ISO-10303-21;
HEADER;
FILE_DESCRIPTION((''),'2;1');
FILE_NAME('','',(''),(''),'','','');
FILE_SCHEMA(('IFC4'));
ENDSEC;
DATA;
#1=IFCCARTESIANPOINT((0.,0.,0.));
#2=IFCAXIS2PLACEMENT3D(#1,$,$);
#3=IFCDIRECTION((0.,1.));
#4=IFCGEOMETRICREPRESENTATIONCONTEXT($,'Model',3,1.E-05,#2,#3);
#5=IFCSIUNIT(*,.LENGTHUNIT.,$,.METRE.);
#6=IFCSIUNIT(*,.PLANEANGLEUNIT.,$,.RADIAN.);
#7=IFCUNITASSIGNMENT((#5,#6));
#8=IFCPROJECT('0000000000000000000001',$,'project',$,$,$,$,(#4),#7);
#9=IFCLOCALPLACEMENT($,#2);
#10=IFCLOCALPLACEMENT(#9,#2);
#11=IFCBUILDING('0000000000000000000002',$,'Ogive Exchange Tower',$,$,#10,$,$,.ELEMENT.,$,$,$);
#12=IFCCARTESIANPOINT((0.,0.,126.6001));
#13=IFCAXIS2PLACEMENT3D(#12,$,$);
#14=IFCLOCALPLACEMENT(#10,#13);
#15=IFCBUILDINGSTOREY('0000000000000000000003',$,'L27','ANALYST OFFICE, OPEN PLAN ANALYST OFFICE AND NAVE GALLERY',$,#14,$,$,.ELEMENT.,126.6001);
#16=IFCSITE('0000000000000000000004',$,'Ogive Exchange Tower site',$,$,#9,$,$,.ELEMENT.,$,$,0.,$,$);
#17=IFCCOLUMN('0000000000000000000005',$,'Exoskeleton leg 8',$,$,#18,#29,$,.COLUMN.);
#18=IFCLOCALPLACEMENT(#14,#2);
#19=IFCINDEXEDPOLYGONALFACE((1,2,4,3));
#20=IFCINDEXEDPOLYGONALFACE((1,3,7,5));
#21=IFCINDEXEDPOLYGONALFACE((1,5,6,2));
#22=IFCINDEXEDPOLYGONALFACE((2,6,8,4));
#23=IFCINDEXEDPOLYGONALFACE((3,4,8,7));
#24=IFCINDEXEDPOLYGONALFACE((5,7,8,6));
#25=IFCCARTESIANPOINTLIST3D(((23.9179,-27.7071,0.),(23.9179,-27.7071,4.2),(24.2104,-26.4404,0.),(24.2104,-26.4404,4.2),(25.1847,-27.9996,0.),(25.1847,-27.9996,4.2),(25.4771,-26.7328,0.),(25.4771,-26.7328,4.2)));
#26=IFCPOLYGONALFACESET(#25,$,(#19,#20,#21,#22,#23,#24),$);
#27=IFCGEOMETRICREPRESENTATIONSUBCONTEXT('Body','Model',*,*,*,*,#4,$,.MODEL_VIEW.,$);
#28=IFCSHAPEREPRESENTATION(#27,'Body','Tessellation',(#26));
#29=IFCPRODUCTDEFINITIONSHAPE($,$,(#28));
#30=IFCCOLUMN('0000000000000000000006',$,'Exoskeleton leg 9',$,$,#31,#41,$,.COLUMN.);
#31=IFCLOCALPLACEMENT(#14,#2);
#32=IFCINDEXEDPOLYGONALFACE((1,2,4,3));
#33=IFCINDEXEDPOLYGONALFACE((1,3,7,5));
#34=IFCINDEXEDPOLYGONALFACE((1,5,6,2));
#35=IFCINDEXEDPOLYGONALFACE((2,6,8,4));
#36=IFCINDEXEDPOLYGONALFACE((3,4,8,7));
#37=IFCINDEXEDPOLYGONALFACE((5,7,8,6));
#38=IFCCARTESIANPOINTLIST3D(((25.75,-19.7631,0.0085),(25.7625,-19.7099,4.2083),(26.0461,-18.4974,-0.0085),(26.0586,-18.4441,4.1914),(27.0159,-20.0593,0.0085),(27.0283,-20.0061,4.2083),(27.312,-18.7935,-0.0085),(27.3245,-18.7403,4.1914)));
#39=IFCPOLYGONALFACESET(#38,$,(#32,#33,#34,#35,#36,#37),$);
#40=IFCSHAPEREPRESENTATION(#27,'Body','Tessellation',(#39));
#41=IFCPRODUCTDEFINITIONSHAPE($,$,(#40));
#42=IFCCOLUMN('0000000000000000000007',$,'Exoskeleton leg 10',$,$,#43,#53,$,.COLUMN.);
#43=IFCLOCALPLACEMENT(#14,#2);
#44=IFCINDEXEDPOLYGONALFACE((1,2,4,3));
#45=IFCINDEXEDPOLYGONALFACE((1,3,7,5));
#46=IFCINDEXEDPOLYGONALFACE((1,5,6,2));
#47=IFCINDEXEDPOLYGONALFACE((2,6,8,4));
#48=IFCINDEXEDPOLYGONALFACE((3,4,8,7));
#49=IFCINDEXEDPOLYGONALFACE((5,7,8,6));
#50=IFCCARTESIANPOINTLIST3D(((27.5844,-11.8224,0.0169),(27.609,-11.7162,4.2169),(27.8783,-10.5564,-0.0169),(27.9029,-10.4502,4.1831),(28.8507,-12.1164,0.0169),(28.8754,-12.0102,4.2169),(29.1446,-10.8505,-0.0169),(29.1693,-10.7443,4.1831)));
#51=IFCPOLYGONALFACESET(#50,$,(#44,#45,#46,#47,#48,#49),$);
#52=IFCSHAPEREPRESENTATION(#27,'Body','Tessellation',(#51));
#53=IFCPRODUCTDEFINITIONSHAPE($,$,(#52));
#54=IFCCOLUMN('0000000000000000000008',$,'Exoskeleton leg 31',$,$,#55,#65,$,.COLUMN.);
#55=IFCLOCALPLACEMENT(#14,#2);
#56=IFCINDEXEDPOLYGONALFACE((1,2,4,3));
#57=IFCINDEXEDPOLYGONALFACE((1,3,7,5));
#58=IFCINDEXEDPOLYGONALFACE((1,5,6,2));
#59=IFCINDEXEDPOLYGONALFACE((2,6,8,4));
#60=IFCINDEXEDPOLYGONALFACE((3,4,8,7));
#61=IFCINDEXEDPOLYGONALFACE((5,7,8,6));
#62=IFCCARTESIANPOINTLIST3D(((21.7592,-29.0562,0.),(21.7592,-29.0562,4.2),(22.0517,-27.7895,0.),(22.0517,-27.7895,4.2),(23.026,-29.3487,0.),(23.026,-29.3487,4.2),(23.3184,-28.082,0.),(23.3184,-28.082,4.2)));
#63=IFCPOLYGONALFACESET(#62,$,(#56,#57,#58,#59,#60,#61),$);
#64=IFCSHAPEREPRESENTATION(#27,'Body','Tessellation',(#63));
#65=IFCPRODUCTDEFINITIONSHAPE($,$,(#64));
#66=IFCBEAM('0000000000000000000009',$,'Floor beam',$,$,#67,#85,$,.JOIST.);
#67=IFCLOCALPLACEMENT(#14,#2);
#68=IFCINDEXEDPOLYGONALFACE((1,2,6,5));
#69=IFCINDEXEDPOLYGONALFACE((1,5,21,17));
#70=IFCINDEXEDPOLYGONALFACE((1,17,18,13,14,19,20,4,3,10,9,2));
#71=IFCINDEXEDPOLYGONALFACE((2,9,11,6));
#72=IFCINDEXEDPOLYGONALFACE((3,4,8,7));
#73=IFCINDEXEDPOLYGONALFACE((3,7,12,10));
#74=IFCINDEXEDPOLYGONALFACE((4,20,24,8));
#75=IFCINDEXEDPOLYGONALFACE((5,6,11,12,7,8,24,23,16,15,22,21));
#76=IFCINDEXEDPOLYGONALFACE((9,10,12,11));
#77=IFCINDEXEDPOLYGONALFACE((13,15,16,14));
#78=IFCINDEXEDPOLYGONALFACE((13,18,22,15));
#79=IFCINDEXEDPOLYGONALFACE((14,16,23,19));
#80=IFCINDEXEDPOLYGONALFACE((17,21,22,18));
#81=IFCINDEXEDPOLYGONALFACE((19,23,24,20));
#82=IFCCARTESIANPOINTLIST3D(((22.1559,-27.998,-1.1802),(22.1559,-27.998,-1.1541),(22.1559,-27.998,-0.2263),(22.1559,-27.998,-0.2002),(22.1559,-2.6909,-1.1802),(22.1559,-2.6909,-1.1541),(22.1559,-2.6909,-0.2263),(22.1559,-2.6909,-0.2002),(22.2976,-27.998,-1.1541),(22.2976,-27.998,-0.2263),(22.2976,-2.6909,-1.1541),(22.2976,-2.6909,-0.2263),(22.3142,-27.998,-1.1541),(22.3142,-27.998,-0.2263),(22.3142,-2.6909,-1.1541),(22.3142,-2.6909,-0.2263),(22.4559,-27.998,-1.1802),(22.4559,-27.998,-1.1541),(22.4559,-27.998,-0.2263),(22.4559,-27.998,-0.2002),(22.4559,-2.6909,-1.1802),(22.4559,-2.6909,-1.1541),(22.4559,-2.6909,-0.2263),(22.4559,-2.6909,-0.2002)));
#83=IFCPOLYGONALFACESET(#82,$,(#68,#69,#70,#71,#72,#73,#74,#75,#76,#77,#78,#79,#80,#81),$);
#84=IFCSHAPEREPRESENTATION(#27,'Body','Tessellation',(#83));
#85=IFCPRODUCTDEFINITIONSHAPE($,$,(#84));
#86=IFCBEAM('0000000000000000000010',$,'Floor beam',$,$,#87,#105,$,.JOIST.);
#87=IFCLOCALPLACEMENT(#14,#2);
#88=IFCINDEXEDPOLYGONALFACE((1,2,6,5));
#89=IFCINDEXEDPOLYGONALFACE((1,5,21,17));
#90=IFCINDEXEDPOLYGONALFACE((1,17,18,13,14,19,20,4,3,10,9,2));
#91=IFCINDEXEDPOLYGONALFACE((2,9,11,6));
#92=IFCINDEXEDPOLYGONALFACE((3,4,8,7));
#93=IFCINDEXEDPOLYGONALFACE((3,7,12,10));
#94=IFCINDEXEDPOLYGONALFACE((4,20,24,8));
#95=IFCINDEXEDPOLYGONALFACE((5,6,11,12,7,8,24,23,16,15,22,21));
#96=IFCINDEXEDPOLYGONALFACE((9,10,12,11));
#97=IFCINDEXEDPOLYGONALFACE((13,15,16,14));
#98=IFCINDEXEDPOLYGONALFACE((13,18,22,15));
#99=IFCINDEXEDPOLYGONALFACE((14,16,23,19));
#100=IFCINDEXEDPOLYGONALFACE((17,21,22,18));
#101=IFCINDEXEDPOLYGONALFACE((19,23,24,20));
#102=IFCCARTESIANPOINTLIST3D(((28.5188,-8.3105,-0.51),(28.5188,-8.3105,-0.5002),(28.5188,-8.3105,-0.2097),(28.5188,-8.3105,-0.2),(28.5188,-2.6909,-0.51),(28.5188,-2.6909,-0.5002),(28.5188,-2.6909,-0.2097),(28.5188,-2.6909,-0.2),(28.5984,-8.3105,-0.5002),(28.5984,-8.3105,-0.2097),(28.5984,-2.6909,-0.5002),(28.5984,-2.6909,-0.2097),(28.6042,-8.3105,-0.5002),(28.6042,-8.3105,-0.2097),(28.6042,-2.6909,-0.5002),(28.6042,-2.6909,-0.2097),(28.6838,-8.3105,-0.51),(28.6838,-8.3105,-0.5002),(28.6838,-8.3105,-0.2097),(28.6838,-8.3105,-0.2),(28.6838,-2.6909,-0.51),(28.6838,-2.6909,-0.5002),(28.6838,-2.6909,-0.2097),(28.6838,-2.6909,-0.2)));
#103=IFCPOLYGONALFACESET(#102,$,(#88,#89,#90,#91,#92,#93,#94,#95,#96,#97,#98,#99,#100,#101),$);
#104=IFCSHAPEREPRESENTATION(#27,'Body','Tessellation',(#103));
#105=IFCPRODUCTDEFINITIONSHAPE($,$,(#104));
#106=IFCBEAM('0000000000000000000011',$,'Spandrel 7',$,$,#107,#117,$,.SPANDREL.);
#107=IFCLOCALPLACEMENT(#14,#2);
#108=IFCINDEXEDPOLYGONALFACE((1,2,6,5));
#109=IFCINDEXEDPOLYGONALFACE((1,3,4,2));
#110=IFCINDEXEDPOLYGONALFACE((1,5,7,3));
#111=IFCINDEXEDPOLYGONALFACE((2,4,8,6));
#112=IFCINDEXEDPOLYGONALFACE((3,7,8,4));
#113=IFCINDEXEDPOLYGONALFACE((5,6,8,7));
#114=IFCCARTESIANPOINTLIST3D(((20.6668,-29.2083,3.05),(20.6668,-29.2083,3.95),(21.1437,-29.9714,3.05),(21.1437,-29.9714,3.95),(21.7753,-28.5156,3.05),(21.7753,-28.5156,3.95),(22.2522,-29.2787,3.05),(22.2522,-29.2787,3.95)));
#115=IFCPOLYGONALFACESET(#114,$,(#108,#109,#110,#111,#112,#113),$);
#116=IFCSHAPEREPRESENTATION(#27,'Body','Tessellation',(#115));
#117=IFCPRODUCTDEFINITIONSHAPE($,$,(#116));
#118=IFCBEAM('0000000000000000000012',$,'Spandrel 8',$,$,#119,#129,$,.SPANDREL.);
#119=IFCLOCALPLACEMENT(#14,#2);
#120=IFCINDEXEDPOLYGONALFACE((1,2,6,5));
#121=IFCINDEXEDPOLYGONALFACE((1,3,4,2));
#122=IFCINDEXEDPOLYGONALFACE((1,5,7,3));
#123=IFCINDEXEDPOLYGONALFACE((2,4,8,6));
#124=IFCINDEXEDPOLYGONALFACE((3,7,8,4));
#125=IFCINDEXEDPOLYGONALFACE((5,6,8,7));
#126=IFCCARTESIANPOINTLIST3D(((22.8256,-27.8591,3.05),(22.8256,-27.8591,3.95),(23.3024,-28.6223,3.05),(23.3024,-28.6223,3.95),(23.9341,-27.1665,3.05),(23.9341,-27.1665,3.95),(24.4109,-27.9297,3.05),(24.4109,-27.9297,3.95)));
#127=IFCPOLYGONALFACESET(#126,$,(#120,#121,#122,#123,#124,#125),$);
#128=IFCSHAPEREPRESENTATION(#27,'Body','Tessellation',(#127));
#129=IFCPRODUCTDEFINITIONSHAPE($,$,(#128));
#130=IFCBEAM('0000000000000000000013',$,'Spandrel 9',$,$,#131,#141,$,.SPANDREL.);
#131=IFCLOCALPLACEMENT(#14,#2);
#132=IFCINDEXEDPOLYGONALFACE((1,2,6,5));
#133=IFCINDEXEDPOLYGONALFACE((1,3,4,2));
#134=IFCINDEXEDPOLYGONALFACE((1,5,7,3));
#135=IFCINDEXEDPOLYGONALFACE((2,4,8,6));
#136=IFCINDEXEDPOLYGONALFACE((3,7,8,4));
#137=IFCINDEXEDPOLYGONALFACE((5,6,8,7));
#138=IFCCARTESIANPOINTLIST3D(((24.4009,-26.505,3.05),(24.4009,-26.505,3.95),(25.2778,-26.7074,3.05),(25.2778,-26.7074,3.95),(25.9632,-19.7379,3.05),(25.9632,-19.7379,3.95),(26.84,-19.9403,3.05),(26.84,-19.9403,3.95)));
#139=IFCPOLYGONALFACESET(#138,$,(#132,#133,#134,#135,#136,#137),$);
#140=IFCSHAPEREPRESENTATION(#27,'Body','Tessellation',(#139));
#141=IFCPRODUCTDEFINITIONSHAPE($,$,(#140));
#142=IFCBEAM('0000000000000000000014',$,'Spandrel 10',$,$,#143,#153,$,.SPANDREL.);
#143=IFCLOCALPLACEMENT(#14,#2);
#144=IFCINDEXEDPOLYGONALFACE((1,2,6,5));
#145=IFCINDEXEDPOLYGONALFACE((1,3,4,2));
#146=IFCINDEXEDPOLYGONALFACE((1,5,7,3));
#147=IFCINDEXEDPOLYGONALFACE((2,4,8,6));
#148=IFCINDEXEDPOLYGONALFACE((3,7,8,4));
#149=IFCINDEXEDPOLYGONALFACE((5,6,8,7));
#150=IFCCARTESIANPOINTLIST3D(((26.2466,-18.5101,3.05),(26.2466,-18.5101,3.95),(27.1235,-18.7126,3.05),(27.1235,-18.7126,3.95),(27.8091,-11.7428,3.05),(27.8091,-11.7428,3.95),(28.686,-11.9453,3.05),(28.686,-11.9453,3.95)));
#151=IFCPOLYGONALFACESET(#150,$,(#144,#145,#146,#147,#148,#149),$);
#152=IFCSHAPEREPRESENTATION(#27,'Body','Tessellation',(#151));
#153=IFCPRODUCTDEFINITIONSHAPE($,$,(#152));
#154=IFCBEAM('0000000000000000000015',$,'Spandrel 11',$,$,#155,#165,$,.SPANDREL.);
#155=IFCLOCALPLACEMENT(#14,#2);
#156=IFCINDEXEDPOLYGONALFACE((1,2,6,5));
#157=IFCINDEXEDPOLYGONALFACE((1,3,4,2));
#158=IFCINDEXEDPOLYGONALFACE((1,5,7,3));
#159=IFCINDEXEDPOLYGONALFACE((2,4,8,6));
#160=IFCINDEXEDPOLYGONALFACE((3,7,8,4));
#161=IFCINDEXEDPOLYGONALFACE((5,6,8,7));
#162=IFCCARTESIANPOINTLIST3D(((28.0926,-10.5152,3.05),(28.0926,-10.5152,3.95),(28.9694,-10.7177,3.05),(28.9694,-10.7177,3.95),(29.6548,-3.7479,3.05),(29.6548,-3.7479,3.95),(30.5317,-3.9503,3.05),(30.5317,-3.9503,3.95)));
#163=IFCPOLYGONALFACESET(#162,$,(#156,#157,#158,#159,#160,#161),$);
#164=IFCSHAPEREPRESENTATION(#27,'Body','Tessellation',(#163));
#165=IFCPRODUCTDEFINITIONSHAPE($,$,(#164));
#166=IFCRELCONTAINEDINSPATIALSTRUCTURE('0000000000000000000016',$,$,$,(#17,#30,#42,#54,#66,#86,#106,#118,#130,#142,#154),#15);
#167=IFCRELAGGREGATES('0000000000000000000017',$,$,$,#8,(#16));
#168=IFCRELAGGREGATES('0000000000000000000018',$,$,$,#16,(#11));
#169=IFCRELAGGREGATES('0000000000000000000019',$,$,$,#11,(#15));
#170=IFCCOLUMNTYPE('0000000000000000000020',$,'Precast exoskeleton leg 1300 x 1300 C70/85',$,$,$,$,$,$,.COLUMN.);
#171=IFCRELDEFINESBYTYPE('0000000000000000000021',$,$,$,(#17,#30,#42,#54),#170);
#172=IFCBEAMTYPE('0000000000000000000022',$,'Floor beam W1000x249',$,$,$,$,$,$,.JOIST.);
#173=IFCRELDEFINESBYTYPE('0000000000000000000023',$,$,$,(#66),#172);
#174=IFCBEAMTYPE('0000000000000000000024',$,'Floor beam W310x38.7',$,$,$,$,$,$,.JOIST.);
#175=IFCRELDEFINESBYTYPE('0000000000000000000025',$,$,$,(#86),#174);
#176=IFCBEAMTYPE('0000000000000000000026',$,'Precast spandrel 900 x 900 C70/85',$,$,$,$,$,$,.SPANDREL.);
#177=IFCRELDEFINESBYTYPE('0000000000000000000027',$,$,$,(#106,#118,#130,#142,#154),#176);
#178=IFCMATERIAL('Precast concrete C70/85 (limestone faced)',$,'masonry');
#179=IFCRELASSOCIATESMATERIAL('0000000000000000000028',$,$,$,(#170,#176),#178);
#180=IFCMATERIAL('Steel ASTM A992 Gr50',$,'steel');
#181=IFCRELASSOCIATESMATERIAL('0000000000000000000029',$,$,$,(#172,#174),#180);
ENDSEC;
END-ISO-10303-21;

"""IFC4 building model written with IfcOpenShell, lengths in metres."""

from ifc_helpers import new_model, si_unit, direction, frame, origin, origin_2d, place, context, subcontext, project, spatial, rectangle, i_section, extrude, material, material_profile, profile_set, type_object, element, save


model = new_model("IFC4")

# Units and contexts
model_context = context("Model", 3, precision=1e-05, world=origin(), true_north=direction((0.0, 1.0)))
body_context = subcontext(model_context, "Body", "Model", "MODEL_VIEW")
ifc_project = project(units=[si_unit("LENGTHUNIT", "METRE"), si_unit("PLANEANGLEUNIT", "RADIAN")], contexts=[model_context])

# Site, building, storey
site_placement = place(None, origin())
site = spatial("IfcSite", under=ifc_project, at=site_placement, Name="Ogive Exchange Tower site", CompositionType="ELEMENT", RefElevation=0.0)
building_placement = place(site_placement, origin())
building = spatial("IfcBuilding", under=site, at=building_placement, Name="Ogive Exchange Tower", CompositionType="ELEMENT")
storey_placement = place(building_placement, frame((0.0, 0.0, 126.6001)))
storey = spatial("IfcBuildingStorey", under=building, at=storey_placement, Name="L27", Description="ANALYST OFFICE, OPEN PLAN ANALYST OFFICE AND NAVE GALLERY", CompositionType="ELEMENT", Elevation=126.6001)

# Columns
ifc_material_1 = material(Name="Precast concrete C70/85 (limestone faced)", Category="masonry")
ifc_material_profile_1 = material_profile(ifc_material_1, rectangle(XDim=1.3, YDim=1.3, at=origin_2d()), Name="1300 x 1300")
ifc_profile_set_1 = profile_set([ifc_material_profile_1], Name="Precast concrete C70/85 (limestone faced)")
column_type = type_object("IfcColumnType", Name="Precast exoskeleton leg 1300 x 1300 C70/85", PredefinedType="COLUMN", material=ifc_profile_set_1)
column_1_placement = place(storey_placement, frame((24.6975, -27.22, 0.0), z_axis=(0.0, 0.0, 1.0), x_axis=(0.97437, -0.224951, 0.0)))
element("IfcColumn", 1, at=column_1_placement, inside=storey, type_object=column_type, Name="Exoskeleton leg 8", PredefinedType="COLUMN", context=body_context, shape_type="SweptSolid", body=[
    extrude(rectangle(XDim=1.3, YDim=1.3, at=origin_2d()), origin(), (0.0, 0.0, 1.0), 4.2),
])
column_2_placement = place(storey_placement, frame((26.531, -19.2783, 0.0), z_axis=(0.002964, 0.012671, 0.999915), x_axis=(-0.973709, 0.227794, 0.0)))
element("IfcColumn", 2, at=column_2_placement, inside=storey, type_object=column_type, Name="Exoskeleton leg 9", PredefinedType="COLUMN", context=body_context, shape_type="SweptSolid", body=[
    extrude(rectangle(XDim=1.3, YDim=1.3, at=origin_2d()), origin(), (0.0, 0.0, 1.0), 4.2002),
])
column_3_placement = place(storey_placement, frame((28.3645, -11.3364, 0.0), z_axis=(0.005869, 0.025278, 0.999663), x_axis=(-0.974088, 0.226168, 0.0)))
element("IfcColumn", 3, at=column_3_placement, inside=storey, type_object=column_type, Name="Exoskeleton leg 10", PredefinedType="COLUMN", context=body_context, shape_type="SweptSolid", body=[
    extrude(rectangle(XDim=1.3, YDim=1.3, at=origin_2d()), origin(), (0.0, 0.0, 1.0), 4.2014),
])
column_4_placement = place(storey_placement, frame((22.5388, -28.5691, 0.0), z_axis=(0.0, 0.0, 1.0), x_axis=(0.97437, -0.224951, 0.0)))
element("IfcColumn", 4, at=column_4_placement, inside=storey, type_object=column_type, Name="Exoskeleton leg 31", PredefinedType="COLUMN", context=body_context, shape_type="SweptSolid", body=[
    extrude(rectangle(XDim=1.3, YDim=1.3, at=origin_2d()), origin(), (0.0, 0.0, 1.0), 4.2),
])

# Beams
ifc_material_2 = material(Name="Steel ASTM A992 Gr50", Category="steel")
ifc_material_profile_2 = material_profile(ifc_material_2, i_section(OverallWidth=0.3, OverallDepth=0.98, WebThickness=0.0166, FlangeThickness=0.0261, at=origin_2d()), Name="W1000x249")
ifc_profile_set_2 = profile_set([ifc_material_profile_2], Name="Steel ASTM A992 Gr50")
beam_type_1 = type_object("IfcBeamType", Name="Floor beam W1000x249", PredefinedType="JOIST", material=ifc_profile_set_2)
beam_1_placement = place(storey_placement, frame((22.3059, -27.998, -0.6902), z_axis=(0.0, 1.0, 0.0), x_axis=(-1.0, 0.0, 0.0)))
element("IfcBeam", 5, at=beam_1_placement, inside=storey, type_object=beam_type_1, Name="Floor beam", PredefinedType="JOIST", context=body_context, shape_type="SweptSolid", body=[
    extrude(i_section(OverallWidth=0.3, OverallDepth=0.98, WebThickness=0.0166, FlangeThickness=0.0261, at=origin_2d()), origin(), (0.0, 0.0, 1.0), 25.3071),
])
ifc_material_profile_3 = material_profile(ifc_material_2, i_section(OverallWidth=0.165, OverallDepth=0.3101, WebThickness=0.0059, FlangeThickness=0.0098, at=origin_2d()), Name="W310x38.7")
ifc_profile_set_3 = profile_set([ifc_material_profile_3], Name="Steel ASTM A992 Gr50")
beam_type_2 = type_object("IfcBeamType", Name="Floor beam W310x38.7", PredefinedType="JOIST", material=ifc_profile_set_3)
beam_2_placement = place(storey_placement, frame((28.6013, -8.3105, -0.355), z_axis=(0.0, 1.0, 0.0), x_axis=(-1.0, 0.0, 0.0)))
element("IfcBeam", 6, at=beam_2_placement, inside=storey, type_object=beam_type_2, Name="Floor beam", PredefinedType="JOIST", context=body_context, shape_type="SweptSolid", body=[
    extrude(i_section(OverallWidth=0.165, OverallDepth=0.3101, WebThickness=0.0059, FlangeThickness=0.0098, at=origin_2d()), origin(), (0.0, 0.0, 1.0), 5.6196),
])
ifc_material_profile_4 = material_profile(ifc_material_1, rectangle(XDim=0.8999, YDim=0.8999, at=origin_2d()), Name="900 x 900")
ifc_profile_set_4 = profile_set([ifc_material_profile_4], Name="Precast concrete C70/85 (limestone faced)")
beam_type_3 = type_object("IfcBeamType", Name="Precast spandrel 900 x 900 C70/85", PredefinedType="SPANDREL", material=ifc_profile_set_4)
for number, where, z_axis, x_axis, name in (
    (7, (20.9053, -29.5898, 3.5), (0.84804, 0.529932, 0.0), (-0.529932, 0.84804, 0.0), "Spandrel 7"),
    (8, (23.064, -28.2407, 3.5), (0.848093, 0.529848, 0.0), (-0.529848, 0.848093, 0.0), "Spandrel 8"),
):
    element("IfcBeam", number, at=place(storey_placement, frame(where, z_axis=z_axis, x_axis=x_axis)), inside=storey, type_object=beam_type_3, Name=name, PredefinedType="SPANDREL", context=body_context, shape_type="SweptSolid", body=[
        extrude(rectangle(XDim=0.8999, YDim=0.8999, at=origin_2d()), origin(), (0.0, 0.0, 1.0), 1.3071),
    ])
beam_3_placement = place(storey_placement, frame((24.8394, -26.6062, 3.5), z_axis=(0.224944, 0.974372, 0.0), x_axis=(-0.974372, 0.224944, 0.0)))
element("IfcBeam", 9, at=beam_3_placement, inside=storey, type_object=beam_type_3, Name="Spandrel 9", PredefinedType="SPANDREL", context=body_context, shape_type="SweptSolid", body=[
    extrude(rectangle(XDim=0.8999, YDim=0.8999, at=origin_2d()), origin(), (0.0, 0.0, 1.0), 6.9451),
])
for number, where, z_axis, x_axis, name in (
    (10, (26.6851, -18.6113, 3.5), (0.22497, 0.974366, 0.0), (-0.974366, 0.22497, 0.0), "Spandrel 10"),
    (11, (28.531, -10.6165, 3.5), (0.224937, 0.974373, 0.0), (-0.974373, 0.224937, 0.0), "Spandrel 11"),
):
    element("IfcBeam", number, at=place(storey_placement, frame(where, z_axis=z_axis, x_axis=x_axis)), inside=storey, type_object=beam_type_3, Name=name, PredefinedType="SPANDREL", context=body_context, shape_type="SweptSolid", body=[
        extrude(rectangle(XDim=0.8999, YDim=0.8999, at=origin_2d()), origin(), (0.0, 0.0, 1.0), 6.9453),
    ])

save(model, "model.ifc")
